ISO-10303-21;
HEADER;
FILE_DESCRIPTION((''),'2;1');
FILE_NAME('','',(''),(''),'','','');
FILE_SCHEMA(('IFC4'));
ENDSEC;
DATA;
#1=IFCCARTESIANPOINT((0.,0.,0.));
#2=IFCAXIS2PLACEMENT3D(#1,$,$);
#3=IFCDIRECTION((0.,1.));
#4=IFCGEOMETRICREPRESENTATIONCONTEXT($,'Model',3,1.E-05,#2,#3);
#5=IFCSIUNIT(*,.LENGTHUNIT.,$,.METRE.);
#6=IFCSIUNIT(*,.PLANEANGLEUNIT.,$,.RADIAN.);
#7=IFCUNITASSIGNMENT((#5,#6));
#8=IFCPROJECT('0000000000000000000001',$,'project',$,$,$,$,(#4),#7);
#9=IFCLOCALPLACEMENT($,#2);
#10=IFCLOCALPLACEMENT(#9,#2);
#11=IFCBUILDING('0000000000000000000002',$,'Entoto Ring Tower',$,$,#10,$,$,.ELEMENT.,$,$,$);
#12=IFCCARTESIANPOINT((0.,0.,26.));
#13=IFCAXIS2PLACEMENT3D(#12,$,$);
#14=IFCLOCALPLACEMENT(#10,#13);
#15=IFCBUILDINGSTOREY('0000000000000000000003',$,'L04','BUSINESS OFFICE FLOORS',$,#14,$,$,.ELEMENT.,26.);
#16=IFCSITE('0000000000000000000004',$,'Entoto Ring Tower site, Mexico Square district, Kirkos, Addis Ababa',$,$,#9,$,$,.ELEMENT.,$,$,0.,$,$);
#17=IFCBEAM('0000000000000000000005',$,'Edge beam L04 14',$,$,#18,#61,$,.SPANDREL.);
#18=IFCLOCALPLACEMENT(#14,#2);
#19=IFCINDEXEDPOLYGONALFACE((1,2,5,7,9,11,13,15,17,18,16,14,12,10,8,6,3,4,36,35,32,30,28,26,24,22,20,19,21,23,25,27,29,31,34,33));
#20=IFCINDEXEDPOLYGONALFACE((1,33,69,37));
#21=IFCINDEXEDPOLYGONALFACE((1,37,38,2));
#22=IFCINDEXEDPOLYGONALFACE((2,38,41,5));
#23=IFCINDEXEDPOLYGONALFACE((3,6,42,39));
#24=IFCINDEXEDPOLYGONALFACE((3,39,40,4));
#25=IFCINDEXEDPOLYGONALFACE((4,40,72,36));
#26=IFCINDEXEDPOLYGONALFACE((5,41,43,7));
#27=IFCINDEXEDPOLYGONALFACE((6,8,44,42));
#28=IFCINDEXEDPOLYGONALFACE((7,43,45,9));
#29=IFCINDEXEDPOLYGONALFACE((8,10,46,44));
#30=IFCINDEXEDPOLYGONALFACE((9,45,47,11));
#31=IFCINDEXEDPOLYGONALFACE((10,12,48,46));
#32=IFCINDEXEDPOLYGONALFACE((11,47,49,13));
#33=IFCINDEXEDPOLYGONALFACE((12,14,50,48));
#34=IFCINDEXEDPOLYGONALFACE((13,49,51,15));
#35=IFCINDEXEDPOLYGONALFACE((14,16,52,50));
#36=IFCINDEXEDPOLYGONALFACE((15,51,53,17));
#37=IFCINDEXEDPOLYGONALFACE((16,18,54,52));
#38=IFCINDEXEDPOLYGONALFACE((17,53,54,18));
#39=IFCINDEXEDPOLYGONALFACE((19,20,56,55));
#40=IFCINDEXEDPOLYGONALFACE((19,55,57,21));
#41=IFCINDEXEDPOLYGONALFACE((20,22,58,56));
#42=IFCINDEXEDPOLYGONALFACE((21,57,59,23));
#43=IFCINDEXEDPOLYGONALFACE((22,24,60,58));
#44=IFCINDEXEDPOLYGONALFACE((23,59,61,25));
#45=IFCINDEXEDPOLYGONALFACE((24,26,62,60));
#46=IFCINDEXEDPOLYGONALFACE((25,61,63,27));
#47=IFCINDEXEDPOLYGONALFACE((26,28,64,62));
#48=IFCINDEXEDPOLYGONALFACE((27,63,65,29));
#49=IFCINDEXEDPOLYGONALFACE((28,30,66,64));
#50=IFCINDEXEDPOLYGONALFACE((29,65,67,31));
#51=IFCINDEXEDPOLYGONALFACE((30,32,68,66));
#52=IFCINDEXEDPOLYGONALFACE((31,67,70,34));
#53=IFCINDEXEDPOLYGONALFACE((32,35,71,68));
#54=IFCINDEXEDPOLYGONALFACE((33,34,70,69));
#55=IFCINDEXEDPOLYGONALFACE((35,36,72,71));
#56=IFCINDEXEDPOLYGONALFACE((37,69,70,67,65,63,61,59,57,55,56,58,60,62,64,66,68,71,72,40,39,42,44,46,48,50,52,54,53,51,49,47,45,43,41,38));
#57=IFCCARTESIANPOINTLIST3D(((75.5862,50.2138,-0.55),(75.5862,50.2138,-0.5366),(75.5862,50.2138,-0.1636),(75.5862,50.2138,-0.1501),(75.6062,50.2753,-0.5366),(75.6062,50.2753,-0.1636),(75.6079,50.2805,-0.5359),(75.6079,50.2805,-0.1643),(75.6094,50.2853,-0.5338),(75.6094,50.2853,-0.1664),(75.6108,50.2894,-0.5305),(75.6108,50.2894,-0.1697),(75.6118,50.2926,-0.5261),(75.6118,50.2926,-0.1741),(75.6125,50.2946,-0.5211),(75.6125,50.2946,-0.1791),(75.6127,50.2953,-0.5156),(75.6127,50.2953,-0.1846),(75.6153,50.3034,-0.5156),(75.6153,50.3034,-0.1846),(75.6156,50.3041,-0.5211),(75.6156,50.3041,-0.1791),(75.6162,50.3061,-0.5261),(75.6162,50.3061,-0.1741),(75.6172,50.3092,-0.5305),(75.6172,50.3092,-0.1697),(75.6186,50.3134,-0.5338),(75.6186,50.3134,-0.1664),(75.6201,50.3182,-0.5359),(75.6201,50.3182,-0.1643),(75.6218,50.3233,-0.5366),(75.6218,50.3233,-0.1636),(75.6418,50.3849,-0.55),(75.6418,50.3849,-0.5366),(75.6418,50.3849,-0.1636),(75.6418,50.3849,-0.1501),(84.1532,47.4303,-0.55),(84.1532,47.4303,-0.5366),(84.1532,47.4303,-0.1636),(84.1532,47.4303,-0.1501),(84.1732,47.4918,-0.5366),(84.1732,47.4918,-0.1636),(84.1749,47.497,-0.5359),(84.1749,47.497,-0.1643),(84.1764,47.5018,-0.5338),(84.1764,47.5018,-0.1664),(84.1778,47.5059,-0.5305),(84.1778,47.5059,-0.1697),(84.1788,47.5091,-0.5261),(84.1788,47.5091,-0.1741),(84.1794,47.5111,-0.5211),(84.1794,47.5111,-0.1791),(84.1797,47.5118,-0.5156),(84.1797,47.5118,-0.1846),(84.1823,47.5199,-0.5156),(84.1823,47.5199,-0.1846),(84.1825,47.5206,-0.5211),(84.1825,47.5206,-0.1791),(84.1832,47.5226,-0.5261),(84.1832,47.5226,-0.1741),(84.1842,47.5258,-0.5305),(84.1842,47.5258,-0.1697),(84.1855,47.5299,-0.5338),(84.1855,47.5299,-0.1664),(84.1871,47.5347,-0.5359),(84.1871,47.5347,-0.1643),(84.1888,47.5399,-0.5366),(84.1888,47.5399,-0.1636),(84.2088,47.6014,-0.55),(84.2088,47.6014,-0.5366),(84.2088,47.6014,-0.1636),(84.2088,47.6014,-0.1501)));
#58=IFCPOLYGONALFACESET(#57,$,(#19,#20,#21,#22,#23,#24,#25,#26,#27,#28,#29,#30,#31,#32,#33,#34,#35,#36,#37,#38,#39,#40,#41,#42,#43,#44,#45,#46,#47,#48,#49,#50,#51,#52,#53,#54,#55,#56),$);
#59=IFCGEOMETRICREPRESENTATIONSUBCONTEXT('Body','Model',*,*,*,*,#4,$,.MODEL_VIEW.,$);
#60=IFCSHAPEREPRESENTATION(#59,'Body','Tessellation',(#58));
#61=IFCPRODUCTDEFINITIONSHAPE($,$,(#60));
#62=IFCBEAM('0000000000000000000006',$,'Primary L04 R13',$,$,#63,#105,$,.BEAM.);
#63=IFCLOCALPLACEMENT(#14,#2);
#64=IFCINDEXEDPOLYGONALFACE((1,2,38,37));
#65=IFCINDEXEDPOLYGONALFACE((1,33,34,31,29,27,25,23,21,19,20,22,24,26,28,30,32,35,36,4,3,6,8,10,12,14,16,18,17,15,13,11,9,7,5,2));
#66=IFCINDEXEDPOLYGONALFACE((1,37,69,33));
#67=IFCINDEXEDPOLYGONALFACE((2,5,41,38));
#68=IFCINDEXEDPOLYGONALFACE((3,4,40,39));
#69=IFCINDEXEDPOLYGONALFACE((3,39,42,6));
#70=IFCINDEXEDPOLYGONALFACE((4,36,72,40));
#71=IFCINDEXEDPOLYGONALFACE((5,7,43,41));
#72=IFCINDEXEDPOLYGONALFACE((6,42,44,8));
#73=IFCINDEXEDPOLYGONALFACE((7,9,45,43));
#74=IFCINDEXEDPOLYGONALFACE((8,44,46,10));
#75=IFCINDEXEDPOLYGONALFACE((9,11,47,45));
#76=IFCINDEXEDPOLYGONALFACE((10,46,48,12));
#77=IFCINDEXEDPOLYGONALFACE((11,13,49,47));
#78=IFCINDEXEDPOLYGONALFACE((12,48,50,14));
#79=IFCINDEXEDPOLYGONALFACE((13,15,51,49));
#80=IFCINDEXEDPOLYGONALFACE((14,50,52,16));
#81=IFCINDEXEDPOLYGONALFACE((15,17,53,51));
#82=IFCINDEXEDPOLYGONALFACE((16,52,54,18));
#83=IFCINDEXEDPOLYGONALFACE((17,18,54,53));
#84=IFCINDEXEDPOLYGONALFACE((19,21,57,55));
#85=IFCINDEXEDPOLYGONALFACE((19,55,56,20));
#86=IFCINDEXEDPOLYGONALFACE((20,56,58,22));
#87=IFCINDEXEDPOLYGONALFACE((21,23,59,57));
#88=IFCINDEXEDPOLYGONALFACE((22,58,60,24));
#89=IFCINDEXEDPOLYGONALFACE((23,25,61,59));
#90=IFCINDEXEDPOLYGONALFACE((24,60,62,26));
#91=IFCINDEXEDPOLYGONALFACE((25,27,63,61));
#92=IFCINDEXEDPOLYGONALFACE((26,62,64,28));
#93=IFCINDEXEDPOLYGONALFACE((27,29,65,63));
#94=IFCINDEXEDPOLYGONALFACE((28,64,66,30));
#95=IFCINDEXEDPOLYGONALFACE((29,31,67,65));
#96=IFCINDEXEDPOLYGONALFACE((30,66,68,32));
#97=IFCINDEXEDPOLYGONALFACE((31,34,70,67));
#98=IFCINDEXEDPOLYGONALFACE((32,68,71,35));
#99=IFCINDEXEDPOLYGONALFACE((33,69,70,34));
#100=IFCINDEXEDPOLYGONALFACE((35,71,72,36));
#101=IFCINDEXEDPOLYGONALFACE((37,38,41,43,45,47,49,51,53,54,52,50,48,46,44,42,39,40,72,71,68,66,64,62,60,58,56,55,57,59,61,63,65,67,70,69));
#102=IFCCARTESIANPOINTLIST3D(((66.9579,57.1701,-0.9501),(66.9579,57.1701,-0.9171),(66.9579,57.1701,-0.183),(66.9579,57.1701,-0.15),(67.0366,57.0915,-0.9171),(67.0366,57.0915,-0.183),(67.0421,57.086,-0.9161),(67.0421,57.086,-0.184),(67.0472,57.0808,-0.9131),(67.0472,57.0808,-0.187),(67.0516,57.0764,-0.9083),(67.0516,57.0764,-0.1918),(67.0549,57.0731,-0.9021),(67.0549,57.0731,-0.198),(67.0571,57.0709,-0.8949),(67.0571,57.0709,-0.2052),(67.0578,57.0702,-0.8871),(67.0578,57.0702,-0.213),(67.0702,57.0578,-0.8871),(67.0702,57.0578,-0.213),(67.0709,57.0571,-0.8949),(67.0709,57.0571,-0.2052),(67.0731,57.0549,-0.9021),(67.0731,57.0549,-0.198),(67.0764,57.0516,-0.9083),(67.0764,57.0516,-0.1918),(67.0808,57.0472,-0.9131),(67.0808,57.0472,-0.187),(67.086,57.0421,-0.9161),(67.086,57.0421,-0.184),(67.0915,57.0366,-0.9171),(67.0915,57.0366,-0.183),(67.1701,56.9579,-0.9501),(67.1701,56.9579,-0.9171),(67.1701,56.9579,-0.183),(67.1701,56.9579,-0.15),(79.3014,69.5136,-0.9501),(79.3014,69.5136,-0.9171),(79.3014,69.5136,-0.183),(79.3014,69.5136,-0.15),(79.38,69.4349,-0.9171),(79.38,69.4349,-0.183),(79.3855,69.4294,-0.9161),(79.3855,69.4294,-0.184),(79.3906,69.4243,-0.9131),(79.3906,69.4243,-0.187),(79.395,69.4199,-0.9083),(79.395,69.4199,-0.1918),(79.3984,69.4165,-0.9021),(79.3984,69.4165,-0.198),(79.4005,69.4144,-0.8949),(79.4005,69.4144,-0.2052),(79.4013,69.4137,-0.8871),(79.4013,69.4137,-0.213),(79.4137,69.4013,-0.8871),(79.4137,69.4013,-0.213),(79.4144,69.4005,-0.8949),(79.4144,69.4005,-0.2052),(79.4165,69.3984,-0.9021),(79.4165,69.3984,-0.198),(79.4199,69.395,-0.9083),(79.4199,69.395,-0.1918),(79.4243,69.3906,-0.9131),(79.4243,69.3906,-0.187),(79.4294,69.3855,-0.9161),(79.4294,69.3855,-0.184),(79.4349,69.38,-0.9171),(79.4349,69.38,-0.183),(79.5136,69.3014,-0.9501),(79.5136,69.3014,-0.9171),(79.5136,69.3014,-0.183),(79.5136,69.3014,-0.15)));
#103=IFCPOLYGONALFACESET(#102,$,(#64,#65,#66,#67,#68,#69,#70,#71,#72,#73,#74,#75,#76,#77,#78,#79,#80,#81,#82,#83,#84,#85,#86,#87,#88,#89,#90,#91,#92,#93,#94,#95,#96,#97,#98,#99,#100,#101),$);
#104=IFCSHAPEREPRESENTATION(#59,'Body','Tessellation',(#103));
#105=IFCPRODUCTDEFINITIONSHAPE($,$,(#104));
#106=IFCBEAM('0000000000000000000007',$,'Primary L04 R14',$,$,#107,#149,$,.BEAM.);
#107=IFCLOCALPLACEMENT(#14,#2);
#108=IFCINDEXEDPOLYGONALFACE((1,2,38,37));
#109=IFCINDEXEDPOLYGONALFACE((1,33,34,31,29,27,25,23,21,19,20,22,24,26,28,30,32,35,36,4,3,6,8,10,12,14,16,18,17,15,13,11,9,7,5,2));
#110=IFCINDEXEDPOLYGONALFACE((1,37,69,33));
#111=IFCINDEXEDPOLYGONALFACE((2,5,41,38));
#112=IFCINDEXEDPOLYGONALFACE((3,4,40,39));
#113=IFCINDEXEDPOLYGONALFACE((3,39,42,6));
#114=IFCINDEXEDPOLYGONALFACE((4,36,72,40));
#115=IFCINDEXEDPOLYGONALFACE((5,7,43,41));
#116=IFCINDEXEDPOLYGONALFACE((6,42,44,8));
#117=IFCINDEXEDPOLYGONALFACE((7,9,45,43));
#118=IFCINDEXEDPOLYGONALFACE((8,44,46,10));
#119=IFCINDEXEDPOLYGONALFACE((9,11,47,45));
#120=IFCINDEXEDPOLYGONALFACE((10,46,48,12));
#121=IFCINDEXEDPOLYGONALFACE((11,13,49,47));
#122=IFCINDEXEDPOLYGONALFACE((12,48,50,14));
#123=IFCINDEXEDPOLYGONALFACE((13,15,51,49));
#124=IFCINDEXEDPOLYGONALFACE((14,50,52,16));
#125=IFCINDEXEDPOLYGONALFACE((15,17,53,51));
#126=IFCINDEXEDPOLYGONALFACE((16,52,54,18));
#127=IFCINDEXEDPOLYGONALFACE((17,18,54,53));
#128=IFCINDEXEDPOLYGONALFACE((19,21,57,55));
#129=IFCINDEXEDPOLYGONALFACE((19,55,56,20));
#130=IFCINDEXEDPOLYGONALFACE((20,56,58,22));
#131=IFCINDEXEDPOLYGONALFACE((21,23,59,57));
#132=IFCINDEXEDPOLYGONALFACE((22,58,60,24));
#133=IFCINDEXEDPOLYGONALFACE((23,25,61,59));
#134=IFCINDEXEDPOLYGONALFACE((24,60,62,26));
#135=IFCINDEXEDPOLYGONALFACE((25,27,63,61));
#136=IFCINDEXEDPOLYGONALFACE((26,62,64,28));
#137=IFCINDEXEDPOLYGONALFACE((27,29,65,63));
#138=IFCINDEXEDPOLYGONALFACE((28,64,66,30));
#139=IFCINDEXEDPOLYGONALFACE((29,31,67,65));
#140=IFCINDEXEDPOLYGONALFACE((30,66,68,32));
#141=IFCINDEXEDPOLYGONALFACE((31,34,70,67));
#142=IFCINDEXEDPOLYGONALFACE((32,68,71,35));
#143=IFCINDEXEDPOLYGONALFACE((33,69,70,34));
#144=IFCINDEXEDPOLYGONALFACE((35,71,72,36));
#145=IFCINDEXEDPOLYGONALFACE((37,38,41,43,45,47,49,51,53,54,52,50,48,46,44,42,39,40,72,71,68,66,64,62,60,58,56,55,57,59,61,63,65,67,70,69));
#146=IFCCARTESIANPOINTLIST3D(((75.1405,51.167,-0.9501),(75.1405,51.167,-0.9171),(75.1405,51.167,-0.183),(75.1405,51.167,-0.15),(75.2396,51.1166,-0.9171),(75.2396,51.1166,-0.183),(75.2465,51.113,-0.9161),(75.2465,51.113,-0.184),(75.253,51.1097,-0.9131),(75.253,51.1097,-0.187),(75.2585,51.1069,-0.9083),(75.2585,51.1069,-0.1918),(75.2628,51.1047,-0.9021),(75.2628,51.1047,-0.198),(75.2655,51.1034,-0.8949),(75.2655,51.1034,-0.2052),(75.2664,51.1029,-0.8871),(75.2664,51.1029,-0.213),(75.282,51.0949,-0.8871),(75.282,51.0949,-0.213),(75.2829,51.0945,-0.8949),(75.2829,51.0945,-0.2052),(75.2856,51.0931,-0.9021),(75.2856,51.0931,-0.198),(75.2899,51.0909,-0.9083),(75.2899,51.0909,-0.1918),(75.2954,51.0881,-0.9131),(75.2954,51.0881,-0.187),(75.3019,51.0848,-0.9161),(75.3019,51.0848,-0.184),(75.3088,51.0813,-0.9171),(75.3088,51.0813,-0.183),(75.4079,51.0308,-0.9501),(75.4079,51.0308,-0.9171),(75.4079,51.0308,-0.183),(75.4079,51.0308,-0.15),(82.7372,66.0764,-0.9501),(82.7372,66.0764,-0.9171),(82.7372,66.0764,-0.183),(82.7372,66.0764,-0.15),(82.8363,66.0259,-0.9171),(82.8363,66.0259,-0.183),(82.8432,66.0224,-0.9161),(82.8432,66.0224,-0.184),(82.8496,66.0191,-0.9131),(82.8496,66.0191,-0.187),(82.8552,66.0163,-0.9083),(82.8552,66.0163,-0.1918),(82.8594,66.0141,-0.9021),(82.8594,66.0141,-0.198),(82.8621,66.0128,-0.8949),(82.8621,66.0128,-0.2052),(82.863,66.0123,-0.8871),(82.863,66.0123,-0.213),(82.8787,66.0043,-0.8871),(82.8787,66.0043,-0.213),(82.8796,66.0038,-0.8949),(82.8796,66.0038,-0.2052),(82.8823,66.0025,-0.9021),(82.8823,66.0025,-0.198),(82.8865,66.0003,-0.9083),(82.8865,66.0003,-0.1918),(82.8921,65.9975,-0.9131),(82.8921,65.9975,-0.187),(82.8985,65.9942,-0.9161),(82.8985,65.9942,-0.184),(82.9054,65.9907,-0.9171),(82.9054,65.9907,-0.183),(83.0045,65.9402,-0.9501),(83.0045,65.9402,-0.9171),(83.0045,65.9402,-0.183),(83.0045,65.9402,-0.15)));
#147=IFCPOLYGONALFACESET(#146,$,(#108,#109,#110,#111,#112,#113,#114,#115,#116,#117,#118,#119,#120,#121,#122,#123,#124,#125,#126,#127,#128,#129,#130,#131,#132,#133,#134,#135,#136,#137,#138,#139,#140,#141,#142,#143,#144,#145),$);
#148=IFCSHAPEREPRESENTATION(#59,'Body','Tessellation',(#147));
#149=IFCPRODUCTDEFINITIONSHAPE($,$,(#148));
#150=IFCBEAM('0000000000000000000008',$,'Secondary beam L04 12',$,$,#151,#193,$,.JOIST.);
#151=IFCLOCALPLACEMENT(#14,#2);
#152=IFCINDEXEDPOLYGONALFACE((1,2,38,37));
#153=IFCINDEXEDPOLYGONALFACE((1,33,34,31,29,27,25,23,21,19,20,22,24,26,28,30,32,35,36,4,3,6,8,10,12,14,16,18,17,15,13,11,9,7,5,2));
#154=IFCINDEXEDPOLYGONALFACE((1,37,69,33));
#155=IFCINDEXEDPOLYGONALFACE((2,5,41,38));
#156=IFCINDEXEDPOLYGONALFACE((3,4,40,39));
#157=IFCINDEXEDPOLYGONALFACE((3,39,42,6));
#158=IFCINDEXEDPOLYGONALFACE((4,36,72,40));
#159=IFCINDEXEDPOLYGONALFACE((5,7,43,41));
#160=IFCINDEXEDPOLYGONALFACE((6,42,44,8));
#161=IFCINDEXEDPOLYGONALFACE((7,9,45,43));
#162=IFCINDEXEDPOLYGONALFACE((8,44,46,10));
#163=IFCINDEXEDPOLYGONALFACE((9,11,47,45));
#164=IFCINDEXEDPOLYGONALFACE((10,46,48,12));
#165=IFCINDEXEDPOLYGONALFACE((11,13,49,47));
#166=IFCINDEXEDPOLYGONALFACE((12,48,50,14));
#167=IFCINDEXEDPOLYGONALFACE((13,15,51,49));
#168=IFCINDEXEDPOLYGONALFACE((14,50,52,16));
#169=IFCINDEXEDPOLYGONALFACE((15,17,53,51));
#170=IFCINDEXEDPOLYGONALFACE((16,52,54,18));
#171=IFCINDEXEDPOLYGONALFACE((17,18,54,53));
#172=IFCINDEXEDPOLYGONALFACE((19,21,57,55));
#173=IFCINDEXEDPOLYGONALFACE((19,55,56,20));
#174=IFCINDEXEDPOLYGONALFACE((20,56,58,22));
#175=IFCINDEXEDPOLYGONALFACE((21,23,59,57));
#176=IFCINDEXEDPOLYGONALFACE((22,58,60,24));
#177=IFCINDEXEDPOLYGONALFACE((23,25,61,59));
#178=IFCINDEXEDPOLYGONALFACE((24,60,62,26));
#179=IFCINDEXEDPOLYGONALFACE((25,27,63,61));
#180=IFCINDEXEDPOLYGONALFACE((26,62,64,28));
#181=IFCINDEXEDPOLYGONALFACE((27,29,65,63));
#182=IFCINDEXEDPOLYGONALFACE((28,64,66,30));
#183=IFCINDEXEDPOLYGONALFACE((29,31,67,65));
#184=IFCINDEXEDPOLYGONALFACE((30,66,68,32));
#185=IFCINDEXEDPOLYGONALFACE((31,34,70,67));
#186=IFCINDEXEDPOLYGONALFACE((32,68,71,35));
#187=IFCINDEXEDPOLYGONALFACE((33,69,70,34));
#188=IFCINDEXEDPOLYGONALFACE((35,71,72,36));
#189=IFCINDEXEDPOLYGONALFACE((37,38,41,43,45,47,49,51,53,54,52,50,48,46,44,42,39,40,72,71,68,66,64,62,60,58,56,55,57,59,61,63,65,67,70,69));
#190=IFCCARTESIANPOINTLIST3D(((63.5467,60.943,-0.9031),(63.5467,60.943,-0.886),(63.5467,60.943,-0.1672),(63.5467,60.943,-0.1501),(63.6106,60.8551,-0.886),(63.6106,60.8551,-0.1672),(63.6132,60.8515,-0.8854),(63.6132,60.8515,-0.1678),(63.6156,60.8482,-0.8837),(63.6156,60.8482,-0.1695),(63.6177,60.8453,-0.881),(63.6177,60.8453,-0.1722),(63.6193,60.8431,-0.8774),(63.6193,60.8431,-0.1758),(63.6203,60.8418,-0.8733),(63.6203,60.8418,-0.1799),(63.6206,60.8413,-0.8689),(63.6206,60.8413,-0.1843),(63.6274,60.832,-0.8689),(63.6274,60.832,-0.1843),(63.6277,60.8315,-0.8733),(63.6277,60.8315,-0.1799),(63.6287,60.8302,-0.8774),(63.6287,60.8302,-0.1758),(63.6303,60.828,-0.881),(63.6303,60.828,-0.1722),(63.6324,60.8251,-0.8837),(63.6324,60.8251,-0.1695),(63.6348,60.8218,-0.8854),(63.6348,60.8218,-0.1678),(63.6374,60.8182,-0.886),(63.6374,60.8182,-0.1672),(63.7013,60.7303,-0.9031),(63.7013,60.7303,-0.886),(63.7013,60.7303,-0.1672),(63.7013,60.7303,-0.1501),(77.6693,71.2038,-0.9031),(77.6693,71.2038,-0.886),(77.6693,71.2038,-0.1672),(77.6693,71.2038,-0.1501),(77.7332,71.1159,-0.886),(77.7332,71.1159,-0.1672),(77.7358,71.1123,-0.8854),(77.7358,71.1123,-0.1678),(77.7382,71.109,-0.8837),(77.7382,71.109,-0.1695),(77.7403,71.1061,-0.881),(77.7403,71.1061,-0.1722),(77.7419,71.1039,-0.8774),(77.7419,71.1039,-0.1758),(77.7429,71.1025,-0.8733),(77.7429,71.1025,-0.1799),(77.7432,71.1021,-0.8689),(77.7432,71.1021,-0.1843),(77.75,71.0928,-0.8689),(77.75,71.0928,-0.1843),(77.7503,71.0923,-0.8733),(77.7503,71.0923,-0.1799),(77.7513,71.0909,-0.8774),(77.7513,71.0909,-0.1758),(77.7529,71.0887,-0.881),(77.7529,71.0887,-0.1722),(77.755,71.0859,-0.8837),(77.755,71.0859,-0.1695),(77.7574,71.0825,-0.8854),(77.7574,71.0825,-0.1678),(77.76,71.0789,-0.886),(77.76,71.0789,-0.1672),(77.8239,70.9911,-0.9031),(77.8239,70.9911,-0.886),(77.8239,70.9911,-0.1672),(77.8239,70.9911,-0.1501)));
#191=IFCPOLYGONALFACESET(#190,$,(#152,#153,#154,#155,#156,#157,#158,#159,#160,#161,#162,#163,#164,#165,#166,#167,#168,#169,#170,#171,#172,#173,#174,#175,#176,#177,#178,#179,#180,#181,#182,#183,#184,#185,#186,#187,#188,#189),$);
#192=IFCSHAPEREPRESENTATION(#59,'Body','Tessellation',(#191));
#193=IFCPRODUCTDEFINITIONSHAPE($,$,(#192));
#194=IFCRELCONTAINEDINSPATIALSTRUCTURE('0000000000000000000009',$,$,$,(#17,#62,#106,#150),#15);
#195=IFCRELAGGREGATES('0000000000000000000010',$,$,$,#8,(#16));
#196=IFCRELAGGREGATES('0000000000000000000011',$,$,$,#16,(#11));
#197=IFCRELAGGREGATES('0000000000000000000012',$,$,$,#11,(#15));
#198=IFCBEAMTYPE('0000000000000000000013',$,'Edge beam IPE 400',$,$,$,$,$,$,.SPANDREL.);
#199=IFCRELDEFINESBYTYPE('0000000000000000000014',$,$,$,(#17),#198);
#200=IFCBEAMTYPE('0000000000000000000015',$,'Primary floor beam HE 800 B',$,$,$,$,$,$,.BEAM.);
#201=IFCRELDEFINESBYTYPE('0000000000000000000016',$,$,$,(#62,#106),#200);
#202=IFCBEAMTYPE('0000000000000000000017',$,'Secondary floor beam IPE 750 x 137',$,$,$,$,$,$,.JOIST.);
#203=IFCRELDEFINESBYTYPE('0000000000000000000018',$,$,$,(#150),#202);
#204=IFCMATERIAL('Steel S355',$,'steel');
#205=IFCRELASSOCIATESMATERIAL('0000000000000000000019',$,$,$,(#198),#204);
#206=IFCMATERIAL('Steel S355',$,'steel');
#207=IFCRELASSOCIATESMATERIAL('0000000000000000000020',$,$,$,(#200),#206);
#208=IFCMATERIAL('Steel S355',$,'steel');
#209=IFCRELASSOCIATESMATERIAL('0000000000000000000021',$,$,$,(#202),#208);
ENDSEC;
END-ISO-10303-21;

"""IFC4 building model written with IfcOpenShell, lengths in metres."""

from ifc_helpers import new_model, si_unit, direction, frame, origin, origin_2d, place, context, subcontext, project, spatial, i_section, extrude, material, material_profile, profile_set, type_object, element, save


model = new_model("IFC4")

# Units and contexts
model_context = context("Model", 3, precision=1e-05, world=origin(), true_north=direction((0.0, 1.0)))
body_context = subcontext(model_context, "Body", "Model", "MODEL_VIEW")
ifc_project = project(units=[si_unit("LENGTHUNIT", "METRE"), si_unit("PLANEANGLEUNIT", "RADIAN")], contexts=[model_context])

# Site, building, storey
site_placement = place(None, origin())
site = spatial("IfcSite", under=ifc_project, at=site_placement, Name="Entoto Ring Tower site, Mexico Square district, Kirkos, Addis Ababa", CompositionType="ELEMENT", RefElevation=0.0)
building_placement = place(site_placement, origin())
building = spatial("IfcBuilding", under=site, at=building_placement, Name="Entoto Ring Tower", CompositionType="ELEMENT")
storey_placement = place(building_placement, frame((0.0, 0.0, 26.0)))
storey = spatial("IfcBuildingStorey", under=building, at=storey_placement, Name="L04", Description="BUSINESS OFFICE FLOORS", CompositionType="ELEMENT", Elevation=26.0)

# Beams
ifc_material_1 = material(Name="Steel S355", Category="steel")
ifc_material_profile_1 = material_profile(ifc_material_1, i_section(OverallWidth=0.1799, OverallDepth=0.3999, WebThickness=0.0085, FlangeThickness=0.0134, FilletRadius=0.021, at=origin_2d()), Name="IPE 400")
ifc_profile_set_1 = profile_set([ifc_material_profile_1], Name="Steel S355")
beam_type_1 = type_object("IfcBeamType", Name="Edge beam IPE 400", PredefinedType="SPANDREL", material=ifc_profile_set_1)
for number, where, z_axis, x_axis, name in (
    (1, (75.614, 50.2993, -0.3501), (0.95106, -0.309006, 0.0), (0.309006, 0.95106, 0.0), "Edge beam L04 14"),
):
    element("IfcBeam", number, at=place(storey_placement, frame(where, z_axis=z_axis, x_axis=x_axis)), inside=storey, type_object=beam_type_1, Name=name, PredefinedType="SPANDREL", context=body_context, shape_type="SweptSolid", body=[
        extrude(i_section(OverallWidth=0.1799, OverallDepth=0.3999, WebThickness=0.0085, FlangeThickness=0.0134, FilletRadius=0.021, at=origin_2d()), origin(), (0.0, 0.0, 1.0), 9.0078),
    ])
ifc_material_2 = material(Name="Steel S355", Category="steel")
ifc_material_profile_2 = material_profile(ifc_material_2, i_section(OverallWidth=0.3, OverallDepth=0.8, WebThickness=0.0176, FlangeThickness=0.033, FilletRadius=0.03, at=origin_2d()), Name="HE 800 B")
ifc_profile_set_2 = profile_set([ifc_material_profile_2], Name="Steel S355")
beam_type_2 = type_object("IfcBeamType", Name="Primary floor beam HE 800 B", PredefinedType="BEAM", material=ifc_profile_set_2)
beam_1_placement = place(storey_placement, frame((79.4075, 69.4075, -0.55), z_axis=(-0.707107, -0.707107, 0.0), x_axis=(0.707107, -0.707107, 0.0)))
element("IfcBeam", 2, at=beam_1_placement, inside=storey, type_object=beam_type_2, Name="Primary L04 R13", PredefinedType="BEAM", context=body_context, shape_type="SweptSolid", body=[
    extrude(i_section(OverallWidth=0.3, OverallDepth=0.8, WebThickness=0.0176, FlangeThickness=0.033, FilletRadius=0.03, at=origin_2d()), origin(), (0.0, 0.0, 1.0), 17.4563),
])
beam_2_placement = place(storey_placement, frame((82.8708, 66.0083, -0.55), z_axis=(-0.453988, -0.891008, 0.0), x_axis=(0.891008, -0.453988, 0.0)))
element("IfcBeam", 3, at=beam_2_placement, inside=storey, type_object=beam_type_2, Name="Primary L04 R14", PredefinedType="BEAM", context=body_context, shape_type="SweptSolid", body=[
    extrude(i_section(OverallWidth=0.3, OverallDepth=0.8, WebThickness=0.0176, FlangeThickness=0.033, FilletRadius=0.03, at=origin_2d()), origin(), (0.0, 0.0, 1.0), 16.7332),
])
ifc_material_3 = material(Name="Steel S355", Category="steel")
ifc_material_profile_3 = material_profile(ifc_material_3, i_section(OverallWidth=0.2629, OverallDepth=0.7529, WebThickness=0.0115, FlangeThickness=0.0171, FilletRadius=0.0171, at=origin_2d()), Name="IPE 750 x 137")
ifc_profile_set_3 = profile_set([ifc_material_profile_3], Name="Steel S355")
beam_type_3 = type_object("IfcBeamType", Name="Secondary floor beam IPE 750 x 137", PredefinedType="JOIST", material=ifc_profile_set_3)
for number, where, z_axis, x_axis, name in (
    (4, (77.7466, 71.0974, -0.5266), (-0.809014, -0.587789, 0.0), (0.587789, -0.809014, 0.0), "Secondary beam L04 12"),
):
    element("IfcBeam", number, at=place(storey_placement, frame(where, z_axis=z_axis, x_axis=x_axis)), inside=storey, type_object=beam_type_3, Name=name, PredefinedType="JOIST", context=body_context, shape_type="SweptSolid", body=[
        extrude(i_section(OverallWidth=0.2629, OverallDepth=0.7529, WebThickness=0.0115, FlangeThickness=0.0171, FilletRadius=0.0171, at=origin_2d()), origin(), (0.0, 0.0, 1.0), 17.4565),
    ])

save(model, "model.ifc")
